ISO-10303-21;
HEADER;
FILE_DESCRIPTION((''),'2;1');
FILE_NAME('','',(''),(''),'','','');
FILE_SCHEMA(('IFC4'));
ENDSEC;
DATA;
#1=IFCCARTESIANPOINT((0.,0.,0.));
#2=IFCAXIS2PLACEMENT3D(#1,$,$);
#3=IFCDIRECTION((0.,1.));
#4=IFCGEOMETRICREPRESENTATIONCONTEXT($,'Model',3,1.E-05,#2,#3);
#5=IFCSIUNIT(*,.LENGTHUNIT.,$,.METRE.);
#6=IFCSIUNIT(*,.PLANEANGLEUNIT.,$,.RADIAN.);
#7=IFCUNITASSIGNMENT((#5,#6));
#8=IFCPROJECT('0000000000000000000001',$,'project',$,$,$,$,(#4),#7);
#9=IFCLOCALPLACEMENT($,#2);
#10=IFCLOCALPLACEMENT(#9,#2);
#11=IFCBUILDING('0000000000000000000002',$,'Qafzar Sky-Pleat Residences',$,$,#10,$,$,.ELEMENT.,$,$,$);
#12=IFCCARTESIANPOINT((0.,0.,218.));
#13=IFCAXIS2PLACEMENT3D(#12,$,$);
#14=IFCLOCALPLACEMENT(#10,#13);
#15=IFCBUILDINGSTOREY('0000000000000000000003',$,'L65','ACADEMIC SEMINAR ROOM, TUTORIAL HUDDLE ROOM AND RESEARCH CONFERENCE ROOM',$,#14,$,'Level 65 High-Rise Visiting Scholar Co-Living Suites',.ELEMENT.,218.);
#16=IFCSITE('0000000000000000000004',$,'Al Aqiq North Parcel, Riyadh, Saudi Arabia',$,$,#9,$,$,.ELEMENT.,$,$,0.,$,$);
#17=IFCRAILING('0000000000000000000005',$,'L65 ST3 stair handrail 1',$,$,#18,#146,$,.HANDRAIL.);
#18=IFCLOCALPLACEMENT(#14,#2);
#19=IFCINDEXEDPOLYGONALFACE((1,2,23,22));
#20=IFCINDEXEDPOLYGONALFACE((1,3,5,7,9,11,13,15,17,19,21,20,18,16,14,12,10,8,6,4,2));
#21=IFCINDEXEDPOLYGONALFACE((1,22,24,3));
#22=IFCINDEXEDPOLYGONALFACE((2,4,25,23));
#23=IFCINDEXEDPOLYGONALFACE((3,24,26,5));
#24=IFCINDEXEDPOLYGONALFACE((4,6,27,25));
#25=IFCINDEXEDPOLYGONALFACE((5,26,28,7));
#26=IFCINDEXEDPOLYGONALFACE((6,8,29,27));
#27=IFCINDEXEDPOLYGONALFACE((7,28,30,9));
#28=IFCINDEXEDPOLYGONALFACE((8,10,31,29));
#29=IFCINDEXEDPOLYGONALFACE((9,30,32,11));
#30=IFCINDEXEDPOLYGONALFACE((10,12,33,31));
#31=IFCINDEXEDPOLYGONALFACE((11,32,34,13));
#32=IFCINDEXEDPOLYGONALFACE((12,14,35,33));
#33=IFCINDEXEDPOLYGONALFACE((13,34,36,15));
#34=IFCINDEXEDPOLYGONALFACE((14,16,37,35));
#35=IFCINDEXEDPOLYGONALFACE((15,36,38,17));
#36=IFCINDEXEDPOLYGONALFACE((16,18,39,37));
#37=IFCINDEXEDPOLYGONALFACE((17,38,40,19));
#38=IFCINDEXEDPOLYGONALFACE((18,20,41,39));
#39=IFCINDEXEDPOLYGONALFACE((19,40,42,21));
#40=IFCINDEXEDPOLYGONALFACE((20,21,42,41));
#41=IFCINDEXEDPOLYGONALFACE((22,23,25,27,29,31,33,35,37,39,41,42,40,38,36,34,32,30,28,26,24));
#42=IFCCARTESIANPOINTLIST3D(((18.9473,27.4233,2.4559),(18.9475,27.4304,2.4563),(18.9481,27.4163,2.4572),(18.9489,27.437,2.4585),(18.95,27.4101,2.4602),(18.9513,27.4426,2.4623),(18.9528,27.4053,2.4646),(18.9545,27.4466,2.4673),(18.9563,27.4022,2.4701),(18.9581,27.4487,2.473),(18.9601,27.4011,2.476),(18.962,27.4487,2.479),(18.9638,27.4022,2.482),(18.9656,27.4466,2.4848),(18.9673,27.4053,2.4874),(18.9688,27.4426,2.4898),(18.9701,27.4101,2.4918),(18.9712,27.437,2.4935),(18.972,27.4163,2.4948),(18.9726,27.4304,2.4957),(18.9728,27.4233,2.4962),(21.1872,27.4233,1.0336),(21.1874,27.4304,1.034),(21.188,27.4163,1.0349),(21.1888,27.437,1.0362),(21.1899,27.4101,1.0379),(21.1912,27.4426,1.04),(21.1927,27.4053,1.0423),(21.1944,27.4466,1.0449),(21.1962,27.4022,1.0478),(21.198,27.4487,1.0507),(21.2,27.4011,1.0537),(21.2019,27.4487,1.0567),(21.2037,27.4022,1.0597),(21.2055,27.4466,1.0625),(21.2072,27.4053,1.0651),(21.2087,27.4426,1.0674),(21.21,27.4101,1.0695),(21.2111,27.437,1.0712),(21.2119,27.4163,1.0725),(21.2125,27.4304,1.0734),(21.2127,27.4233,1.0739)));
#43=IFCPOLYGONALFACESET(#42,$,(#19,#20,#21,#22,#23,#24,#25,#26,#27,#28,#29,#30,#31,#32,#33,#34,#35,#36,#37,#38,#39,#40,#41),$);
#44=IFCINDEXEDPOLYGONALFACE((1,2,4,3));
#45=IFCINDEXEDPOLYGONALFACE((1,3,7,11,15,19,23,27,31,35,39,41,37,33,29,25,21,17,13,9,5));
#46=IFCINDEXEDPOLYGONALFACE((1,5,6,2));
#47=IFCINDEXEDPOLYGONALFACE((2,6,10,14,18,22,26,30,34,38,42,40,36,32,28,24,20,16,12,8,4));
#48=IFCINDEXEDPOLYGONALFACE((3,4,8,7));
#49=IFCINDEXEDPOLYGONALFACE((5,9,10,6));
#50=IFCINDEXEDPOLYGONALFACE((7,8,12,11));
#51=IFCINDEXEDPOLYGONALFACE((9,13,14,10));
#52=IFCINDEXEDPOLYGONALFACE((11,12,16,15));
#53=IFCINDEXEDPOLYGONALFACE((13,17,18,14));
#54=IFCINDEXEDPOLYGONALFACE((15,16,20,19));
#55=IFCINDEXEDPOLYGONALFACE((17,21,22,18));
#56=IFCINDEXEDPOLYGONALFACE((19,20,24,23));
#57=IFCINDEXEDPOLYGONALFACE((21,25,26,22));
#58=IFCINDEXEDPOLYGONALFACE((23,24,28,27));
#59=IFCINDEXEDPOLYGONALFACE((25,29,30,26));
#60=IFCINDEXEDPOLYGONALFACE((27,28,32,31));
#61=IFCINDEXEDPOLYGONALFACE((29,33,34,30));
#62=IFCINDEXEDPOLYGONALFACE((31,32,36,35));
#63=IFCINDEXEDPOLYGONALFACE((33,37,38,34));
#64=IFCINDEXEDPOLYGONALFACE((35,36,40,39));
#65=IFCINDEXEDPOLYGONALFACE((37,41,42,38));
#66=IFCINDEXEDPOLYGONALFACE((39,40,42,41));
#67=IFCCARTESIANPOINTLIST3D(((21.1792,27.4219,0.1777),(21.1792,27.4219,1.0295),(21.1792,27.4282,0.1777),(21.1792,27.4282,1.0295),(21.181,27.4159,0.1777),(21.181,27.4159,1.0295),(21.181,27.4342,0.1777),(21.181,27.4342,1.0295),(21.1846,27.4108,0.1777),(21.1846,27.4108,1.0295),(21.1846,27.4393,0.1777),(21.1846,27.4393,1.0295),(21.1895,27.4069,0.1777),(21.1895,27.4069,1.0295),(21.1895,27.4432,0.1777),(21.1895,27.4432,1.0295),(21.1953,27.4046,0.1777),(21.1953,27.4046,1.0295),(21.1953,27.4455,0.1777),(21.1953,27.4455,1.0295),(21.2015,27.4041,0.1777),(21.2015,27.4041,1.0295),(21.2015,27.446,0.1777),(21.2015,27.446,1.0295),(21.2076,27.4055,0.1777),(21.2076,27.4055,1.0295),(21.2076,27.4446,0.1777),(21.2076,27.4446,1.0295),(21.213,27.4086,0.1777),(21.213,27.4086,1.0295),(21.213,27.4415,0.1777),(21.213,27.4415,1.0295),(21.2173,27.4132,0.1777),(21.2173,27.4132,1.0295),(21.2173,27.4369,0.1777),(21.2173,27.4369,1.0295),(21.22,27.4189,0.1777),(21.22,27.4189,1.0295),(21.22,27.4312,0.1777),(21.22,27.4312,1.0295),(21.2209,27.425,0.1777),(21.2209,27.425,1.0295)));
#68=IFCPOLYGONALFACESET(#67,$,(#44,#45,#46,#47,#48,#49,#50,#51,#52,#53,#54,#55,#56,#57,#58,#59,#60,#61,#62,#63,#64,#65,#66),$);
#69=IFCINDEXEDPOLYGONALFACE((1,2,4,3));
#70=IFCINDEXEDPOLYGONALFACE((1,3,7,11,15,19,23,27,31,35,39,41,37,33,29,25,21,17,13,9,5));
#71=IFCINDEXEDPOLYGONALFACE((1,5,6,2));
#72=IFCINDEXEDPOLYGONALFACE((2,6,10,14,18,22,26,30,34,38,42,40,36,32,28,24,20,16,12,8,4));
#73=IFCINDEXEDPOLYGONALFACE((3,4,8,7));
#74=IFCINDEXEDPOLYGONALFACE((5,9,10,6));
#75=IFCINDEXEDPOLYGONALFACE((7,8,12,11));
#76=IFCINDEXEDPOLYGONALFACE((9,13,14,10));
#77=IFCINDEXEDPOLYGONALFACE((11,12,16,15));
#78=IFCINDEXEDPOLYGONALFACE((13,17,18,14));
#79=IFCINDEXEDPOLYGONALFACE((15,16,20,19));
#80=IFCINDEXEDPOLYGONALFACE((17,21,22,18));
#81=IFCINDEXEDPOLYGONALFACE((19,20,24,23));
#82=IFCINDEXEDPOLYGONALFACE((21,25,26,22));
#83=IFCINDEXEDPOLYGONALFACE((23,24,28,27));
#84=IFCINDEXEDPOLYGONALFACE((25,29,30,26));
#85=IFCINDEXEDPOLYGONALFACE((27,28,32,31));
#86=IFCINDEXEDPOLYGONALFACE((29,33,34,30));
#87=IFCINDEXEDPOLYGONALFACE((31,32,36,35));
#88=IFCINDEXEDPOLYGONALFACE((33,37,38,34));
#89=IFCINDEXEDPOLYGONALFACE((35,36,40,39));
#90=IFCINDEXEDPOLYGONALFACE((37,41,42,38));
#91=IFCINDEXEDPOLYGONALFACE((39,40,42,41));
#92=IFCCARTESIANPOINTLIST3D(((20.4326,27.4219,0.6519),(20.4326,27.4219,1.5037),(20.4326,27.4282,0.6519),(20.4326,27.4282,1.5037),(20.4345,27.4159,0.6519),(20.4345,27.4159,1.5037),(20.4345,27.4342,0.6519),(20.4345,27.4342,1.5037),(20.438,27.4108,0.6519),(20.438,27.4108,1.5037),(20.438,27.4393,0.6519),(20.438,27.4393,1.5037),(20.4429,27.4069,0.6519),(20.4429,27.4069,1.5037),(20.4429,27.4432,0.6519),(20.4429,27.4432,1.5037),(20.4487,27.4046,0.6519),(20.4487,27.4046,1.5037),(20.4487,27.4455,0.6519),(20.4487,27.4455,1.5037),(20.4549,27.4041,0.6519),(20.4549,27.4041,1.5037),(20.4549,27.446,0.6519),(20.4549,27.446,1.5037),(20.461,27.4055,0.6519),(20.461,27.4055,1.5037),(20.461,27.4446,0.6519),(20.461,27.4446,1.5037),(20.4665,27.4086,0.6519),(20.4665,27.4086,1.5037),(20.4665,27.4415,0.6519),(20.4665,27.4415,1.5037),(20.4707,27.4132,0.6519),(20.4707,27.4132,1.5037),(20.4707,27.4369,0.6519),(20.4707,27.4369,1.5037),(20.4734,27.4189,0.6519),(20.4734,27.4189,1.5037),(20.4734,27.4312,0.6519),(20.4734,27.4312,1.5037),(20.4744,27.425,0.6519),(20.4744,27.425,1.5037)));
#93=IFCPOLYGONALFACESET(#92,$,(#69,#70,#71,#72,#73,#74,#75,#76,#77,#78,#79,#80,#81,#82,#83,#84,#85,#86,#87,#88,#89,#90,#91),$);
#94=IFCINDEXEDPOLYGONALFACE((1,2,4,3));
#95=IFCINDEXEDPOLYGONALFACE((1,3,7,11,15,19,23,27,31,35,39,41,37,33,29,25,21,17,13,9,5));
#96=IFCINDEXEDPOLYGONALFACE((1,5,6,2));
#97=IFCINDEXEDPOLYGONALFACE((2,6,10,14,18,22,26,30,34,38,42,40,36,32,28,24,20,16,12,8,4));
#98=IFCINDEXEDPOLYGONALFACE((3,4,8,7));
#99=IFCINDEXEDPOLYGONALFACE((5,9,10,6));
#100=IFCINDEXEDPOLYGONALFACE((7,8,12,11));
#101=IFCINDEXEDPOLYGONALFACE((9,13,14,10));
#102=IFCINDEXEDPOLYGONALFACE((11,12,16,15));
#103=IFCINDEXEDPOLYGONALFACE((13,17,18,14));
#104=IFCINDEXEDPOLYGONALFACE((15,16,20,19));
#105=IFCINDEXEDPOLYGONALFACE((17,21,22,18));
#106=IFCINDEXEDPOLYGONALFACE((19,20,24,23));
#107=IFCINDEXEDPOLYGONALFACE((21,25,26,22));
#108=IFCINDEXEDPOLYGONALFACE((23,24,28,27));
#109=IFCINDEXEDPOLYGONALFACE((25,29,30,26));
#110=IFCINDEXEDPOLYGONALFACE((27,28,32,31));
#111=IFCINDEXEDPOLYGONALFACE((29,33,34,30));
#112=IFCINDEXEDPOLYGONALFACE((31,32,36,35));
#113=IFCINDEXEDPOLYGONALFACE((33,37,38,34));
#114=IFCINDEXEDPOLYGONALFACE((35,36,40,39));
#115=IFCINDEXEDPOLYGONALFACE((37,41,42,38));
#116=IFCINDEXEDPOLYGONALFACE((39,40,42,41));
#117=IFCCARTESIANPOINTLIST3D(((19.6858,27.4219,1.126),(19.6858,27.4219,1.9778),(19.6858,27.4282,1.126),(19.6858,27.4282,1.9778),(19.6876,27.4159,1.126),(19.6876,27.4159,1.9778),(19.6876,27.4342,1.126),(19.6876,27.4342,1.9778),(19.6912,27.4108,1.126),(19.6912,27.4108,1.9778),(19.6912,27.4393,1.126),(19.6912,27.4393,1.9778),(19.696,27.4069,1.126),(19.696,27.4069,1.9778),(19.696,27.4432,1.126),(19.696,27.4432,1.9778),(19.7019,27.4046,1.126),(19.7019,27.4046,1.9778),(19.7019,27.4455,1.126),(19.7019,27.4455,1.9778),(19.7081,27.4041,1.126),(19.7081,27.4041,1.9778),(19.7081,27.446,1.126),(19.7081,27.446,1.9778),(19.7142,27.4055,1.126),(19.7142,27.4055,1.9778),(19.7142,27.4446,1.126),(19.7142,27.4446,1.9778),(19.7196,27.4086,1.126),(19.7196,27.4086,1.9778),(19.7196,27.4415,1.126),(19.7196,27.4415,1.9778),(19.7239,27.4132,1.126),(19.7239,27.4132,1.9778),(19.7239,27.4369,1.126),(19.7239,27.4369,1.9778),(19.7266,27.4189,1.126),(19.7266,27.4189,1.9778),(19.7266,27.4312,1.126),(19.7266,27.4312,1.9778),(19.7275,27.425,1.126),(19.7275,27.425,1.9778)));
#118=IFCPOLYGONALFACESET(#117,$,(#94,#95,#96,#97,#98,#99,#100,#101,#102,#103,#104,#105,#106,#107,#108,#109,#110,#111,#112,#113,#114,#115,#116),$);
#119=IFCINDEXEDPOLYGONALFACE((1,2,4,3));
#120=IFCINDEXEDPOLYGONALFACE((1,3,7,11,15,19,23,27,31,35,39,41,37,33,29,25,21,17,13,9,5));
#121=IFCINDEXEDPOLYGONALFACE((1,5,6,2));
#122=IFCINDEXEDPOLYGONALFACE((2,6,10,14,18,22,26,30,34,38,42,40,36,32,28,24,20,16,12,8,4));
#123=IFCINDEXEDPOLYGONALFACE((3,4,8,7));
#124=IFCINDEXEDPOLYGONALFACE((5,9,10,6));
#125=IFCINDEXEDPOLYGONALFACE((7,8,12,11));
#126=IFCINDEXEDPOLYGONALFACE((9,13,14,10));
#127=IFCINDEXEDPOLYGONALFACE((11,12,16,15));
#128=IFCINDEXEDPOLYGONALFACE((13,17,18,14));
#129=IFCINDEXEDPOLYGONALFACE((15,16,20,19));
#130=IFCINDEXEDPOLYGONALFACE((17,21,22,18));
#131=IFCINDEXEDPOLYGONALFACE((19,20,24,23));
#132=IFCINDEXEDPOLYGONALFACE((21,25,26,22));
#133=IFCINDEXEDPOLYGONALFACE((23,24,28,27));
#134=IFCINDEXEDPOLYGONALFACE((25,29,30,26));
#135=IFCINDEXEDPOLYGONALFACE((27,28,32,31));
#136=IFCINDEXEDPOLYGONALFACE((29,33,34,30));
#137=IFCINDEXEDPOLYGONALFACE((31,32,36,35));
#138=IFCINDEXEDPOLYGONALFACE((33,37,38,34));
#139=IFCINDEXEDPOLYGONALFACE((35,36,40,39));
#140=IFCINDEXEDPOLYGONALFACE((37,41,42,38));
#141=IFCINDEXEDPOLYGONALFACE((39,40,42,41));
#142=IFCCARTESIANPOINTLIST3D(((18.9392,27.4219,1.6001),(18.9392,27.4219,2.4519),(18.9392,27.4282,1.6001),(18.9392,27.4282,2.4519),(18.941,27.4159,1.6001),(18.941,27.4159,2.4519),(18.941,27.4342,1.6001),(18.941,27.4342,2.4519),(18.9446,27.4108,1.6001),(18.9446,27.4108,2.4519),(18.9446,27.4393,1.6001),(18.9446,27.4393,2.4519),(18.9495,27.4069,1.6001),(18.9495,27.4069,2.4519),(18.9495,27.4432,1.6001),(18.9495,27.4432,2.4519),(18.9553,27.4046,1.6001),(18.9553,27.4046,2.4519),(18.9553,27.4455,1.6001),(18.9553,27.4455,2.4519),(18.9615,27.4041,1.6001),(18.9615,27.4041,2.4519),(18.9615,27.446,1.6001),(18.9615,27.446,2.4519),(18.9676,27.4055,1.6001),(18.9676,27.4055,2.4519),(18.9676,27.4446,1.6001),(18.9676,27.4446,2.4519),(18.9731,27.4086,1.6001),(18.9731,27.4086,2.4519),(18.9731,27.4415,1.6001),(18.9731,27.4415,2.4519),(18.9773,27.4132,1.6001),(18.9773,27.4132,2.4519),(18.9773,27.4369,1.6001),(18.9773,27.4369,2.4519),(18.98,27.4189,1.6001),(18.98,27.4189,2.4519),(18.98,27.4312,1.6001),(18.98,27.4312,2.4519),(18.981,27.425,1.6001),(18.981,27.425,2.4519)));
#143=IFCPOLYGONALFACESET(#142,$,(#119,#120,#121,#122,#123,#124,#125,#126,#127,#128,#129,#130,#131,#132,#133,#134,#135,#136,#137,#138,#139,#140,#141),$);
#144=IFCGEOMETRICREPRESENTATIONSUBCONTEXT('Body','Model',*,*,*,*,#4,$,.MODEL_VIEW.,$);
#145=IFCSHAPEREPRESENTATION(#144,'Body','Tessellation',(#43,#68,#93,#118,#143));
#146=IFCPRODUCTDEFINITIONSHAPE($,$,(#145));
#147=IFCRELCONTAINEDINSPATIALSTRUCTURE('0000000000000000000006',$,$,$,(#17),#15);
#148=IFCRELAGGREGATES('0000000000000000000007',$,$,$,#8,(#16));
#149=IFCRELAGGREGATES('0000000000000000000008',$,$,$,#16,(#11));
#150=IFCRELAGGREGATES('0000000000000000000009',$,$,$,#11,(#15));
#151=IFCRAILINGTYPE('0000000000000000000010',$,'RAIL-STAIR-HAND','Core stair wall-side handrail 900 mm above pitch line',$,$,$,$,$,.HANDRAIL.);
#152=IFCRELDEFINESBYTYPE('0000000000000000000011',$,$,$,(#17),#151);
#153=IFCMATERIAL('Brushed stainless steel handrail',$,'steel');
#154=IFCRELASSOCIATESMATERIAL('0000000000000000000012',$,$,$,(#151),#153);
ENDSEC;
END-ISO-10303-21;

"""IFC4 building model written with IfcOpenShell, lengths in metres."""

from ifc_helpers import new_model, si_unit, direction, frame, origin, origin_2d, place, context, subcontext, project, spatial, circle, extrude, source, transform, mapped, material, type_object, element, save


model = new_model("IFC4")

# Units and contexts
model_context = context("Model", 3, precision=1e-05, world=origin(), true_north=direction((0.0, 1.0)))
body_context = subcontext(model_context, "Body", "Model", "MODEL_VIEW")
ifc_project = project(units=[si_unit("LENGTHUNIT", "METRE"), si_unit("PLANEANGLEUNIT", "RADIAN")], contexts=[model_context])

# Site, building, storey
site_placement = place(None, origin())
site = spatial("IfcSite", under=ifc_project, at=site_placement, Name="Al Aqiq North Parcel, Riyadh, Saudi Arabia", CompositionType="ELEMENT", RefElevation=0.0)
building_placement = place(site_placement, origin())
building = spatial("IfcBuilding", under=site, at=building_placement, Name="Qafzar Sky-Pleat Residences", CompositionType="ELEMENT")
storey_placement = place(building_placement, frame((0.0, 0.0, 218.0)))
storey = spatial("IfcBuildingStorey", under=building, at=storey_placement, Name="L65", Description="ACADEMIC SEMINAR ROOM, TUTORIAL HUDDLE ROOM AND RESEARCH CONFERENCE ROOM", LongName="Level 65 High-Rise Visiting Scholar Co-Living Suites", CompositionType="ELEMENT", Elevation=218.0)

# Railing
ifc_material_1 = material(Name="Brushed stainless steel handrail", Category="steel")
railing_type = type_object("IfcRailingType", Name="RAIL-STAIR-HAND", Description="Core stair wall-side handrail 900 mm above pitch line", PredefinedType="HANDRAIL", material=ifc_material_1)
shared_shape_1 = source(origin(), body_context, "Body", "SweptSolid", [
    extrude(circle(Radius=0.0239, at=origin_2d()), frame((0.0, 0.0, 0.876), z_axis=(-0.844188, 0.0, 0.536048), x_axis=(0.0, -1.0, 0.0)), (0.0, 0.0, 1.0), 2.6533),
    extrude(circle(Radius=0.021, at=origin_2d()), origin(), (0.0, 0.0, 1.0), 0.8518),
    extrude(circle(Radius=0.021, at=origin_2d()), frame((-0.7466, 0.0, 0.4741)), (0.0, 0.0, 1.0), 0.8518),
    extrude(circle(Radius=0.021, at=origin_2d()), frame((-1.4934, 0.0, 0.9482)), (0.0, 0.0, 1.0), 0.8518),
    extrude(circle(Radius=0.021, at=origin_2d()), frame((-2.24, 0.0, 1.4224)), (0.0, 0.0, 1.0), 0.8518),
])
railing_placement = place(storey_placement, frame((21.2, 27.425, 0.1777)))
element("IfcRailing", 1, at=railing_placement, inside=storey, type_object=railing_type, Name="L65 ST3 stair handrail 1", PredefinedType="HANDRAIL", context=body_context, shape_type="MappedRepresentation", body=[
    mapped(shared_shape_1, transform((0.0, 0.0, 0.0), x_axis=(1.0, 0.0, 0.0), y_axis=(0.0, 1.0, 0.0), z_axis=(0.0, 0.0, 1.0), scale=1.0)),
])

save(model, "model.ifc")
